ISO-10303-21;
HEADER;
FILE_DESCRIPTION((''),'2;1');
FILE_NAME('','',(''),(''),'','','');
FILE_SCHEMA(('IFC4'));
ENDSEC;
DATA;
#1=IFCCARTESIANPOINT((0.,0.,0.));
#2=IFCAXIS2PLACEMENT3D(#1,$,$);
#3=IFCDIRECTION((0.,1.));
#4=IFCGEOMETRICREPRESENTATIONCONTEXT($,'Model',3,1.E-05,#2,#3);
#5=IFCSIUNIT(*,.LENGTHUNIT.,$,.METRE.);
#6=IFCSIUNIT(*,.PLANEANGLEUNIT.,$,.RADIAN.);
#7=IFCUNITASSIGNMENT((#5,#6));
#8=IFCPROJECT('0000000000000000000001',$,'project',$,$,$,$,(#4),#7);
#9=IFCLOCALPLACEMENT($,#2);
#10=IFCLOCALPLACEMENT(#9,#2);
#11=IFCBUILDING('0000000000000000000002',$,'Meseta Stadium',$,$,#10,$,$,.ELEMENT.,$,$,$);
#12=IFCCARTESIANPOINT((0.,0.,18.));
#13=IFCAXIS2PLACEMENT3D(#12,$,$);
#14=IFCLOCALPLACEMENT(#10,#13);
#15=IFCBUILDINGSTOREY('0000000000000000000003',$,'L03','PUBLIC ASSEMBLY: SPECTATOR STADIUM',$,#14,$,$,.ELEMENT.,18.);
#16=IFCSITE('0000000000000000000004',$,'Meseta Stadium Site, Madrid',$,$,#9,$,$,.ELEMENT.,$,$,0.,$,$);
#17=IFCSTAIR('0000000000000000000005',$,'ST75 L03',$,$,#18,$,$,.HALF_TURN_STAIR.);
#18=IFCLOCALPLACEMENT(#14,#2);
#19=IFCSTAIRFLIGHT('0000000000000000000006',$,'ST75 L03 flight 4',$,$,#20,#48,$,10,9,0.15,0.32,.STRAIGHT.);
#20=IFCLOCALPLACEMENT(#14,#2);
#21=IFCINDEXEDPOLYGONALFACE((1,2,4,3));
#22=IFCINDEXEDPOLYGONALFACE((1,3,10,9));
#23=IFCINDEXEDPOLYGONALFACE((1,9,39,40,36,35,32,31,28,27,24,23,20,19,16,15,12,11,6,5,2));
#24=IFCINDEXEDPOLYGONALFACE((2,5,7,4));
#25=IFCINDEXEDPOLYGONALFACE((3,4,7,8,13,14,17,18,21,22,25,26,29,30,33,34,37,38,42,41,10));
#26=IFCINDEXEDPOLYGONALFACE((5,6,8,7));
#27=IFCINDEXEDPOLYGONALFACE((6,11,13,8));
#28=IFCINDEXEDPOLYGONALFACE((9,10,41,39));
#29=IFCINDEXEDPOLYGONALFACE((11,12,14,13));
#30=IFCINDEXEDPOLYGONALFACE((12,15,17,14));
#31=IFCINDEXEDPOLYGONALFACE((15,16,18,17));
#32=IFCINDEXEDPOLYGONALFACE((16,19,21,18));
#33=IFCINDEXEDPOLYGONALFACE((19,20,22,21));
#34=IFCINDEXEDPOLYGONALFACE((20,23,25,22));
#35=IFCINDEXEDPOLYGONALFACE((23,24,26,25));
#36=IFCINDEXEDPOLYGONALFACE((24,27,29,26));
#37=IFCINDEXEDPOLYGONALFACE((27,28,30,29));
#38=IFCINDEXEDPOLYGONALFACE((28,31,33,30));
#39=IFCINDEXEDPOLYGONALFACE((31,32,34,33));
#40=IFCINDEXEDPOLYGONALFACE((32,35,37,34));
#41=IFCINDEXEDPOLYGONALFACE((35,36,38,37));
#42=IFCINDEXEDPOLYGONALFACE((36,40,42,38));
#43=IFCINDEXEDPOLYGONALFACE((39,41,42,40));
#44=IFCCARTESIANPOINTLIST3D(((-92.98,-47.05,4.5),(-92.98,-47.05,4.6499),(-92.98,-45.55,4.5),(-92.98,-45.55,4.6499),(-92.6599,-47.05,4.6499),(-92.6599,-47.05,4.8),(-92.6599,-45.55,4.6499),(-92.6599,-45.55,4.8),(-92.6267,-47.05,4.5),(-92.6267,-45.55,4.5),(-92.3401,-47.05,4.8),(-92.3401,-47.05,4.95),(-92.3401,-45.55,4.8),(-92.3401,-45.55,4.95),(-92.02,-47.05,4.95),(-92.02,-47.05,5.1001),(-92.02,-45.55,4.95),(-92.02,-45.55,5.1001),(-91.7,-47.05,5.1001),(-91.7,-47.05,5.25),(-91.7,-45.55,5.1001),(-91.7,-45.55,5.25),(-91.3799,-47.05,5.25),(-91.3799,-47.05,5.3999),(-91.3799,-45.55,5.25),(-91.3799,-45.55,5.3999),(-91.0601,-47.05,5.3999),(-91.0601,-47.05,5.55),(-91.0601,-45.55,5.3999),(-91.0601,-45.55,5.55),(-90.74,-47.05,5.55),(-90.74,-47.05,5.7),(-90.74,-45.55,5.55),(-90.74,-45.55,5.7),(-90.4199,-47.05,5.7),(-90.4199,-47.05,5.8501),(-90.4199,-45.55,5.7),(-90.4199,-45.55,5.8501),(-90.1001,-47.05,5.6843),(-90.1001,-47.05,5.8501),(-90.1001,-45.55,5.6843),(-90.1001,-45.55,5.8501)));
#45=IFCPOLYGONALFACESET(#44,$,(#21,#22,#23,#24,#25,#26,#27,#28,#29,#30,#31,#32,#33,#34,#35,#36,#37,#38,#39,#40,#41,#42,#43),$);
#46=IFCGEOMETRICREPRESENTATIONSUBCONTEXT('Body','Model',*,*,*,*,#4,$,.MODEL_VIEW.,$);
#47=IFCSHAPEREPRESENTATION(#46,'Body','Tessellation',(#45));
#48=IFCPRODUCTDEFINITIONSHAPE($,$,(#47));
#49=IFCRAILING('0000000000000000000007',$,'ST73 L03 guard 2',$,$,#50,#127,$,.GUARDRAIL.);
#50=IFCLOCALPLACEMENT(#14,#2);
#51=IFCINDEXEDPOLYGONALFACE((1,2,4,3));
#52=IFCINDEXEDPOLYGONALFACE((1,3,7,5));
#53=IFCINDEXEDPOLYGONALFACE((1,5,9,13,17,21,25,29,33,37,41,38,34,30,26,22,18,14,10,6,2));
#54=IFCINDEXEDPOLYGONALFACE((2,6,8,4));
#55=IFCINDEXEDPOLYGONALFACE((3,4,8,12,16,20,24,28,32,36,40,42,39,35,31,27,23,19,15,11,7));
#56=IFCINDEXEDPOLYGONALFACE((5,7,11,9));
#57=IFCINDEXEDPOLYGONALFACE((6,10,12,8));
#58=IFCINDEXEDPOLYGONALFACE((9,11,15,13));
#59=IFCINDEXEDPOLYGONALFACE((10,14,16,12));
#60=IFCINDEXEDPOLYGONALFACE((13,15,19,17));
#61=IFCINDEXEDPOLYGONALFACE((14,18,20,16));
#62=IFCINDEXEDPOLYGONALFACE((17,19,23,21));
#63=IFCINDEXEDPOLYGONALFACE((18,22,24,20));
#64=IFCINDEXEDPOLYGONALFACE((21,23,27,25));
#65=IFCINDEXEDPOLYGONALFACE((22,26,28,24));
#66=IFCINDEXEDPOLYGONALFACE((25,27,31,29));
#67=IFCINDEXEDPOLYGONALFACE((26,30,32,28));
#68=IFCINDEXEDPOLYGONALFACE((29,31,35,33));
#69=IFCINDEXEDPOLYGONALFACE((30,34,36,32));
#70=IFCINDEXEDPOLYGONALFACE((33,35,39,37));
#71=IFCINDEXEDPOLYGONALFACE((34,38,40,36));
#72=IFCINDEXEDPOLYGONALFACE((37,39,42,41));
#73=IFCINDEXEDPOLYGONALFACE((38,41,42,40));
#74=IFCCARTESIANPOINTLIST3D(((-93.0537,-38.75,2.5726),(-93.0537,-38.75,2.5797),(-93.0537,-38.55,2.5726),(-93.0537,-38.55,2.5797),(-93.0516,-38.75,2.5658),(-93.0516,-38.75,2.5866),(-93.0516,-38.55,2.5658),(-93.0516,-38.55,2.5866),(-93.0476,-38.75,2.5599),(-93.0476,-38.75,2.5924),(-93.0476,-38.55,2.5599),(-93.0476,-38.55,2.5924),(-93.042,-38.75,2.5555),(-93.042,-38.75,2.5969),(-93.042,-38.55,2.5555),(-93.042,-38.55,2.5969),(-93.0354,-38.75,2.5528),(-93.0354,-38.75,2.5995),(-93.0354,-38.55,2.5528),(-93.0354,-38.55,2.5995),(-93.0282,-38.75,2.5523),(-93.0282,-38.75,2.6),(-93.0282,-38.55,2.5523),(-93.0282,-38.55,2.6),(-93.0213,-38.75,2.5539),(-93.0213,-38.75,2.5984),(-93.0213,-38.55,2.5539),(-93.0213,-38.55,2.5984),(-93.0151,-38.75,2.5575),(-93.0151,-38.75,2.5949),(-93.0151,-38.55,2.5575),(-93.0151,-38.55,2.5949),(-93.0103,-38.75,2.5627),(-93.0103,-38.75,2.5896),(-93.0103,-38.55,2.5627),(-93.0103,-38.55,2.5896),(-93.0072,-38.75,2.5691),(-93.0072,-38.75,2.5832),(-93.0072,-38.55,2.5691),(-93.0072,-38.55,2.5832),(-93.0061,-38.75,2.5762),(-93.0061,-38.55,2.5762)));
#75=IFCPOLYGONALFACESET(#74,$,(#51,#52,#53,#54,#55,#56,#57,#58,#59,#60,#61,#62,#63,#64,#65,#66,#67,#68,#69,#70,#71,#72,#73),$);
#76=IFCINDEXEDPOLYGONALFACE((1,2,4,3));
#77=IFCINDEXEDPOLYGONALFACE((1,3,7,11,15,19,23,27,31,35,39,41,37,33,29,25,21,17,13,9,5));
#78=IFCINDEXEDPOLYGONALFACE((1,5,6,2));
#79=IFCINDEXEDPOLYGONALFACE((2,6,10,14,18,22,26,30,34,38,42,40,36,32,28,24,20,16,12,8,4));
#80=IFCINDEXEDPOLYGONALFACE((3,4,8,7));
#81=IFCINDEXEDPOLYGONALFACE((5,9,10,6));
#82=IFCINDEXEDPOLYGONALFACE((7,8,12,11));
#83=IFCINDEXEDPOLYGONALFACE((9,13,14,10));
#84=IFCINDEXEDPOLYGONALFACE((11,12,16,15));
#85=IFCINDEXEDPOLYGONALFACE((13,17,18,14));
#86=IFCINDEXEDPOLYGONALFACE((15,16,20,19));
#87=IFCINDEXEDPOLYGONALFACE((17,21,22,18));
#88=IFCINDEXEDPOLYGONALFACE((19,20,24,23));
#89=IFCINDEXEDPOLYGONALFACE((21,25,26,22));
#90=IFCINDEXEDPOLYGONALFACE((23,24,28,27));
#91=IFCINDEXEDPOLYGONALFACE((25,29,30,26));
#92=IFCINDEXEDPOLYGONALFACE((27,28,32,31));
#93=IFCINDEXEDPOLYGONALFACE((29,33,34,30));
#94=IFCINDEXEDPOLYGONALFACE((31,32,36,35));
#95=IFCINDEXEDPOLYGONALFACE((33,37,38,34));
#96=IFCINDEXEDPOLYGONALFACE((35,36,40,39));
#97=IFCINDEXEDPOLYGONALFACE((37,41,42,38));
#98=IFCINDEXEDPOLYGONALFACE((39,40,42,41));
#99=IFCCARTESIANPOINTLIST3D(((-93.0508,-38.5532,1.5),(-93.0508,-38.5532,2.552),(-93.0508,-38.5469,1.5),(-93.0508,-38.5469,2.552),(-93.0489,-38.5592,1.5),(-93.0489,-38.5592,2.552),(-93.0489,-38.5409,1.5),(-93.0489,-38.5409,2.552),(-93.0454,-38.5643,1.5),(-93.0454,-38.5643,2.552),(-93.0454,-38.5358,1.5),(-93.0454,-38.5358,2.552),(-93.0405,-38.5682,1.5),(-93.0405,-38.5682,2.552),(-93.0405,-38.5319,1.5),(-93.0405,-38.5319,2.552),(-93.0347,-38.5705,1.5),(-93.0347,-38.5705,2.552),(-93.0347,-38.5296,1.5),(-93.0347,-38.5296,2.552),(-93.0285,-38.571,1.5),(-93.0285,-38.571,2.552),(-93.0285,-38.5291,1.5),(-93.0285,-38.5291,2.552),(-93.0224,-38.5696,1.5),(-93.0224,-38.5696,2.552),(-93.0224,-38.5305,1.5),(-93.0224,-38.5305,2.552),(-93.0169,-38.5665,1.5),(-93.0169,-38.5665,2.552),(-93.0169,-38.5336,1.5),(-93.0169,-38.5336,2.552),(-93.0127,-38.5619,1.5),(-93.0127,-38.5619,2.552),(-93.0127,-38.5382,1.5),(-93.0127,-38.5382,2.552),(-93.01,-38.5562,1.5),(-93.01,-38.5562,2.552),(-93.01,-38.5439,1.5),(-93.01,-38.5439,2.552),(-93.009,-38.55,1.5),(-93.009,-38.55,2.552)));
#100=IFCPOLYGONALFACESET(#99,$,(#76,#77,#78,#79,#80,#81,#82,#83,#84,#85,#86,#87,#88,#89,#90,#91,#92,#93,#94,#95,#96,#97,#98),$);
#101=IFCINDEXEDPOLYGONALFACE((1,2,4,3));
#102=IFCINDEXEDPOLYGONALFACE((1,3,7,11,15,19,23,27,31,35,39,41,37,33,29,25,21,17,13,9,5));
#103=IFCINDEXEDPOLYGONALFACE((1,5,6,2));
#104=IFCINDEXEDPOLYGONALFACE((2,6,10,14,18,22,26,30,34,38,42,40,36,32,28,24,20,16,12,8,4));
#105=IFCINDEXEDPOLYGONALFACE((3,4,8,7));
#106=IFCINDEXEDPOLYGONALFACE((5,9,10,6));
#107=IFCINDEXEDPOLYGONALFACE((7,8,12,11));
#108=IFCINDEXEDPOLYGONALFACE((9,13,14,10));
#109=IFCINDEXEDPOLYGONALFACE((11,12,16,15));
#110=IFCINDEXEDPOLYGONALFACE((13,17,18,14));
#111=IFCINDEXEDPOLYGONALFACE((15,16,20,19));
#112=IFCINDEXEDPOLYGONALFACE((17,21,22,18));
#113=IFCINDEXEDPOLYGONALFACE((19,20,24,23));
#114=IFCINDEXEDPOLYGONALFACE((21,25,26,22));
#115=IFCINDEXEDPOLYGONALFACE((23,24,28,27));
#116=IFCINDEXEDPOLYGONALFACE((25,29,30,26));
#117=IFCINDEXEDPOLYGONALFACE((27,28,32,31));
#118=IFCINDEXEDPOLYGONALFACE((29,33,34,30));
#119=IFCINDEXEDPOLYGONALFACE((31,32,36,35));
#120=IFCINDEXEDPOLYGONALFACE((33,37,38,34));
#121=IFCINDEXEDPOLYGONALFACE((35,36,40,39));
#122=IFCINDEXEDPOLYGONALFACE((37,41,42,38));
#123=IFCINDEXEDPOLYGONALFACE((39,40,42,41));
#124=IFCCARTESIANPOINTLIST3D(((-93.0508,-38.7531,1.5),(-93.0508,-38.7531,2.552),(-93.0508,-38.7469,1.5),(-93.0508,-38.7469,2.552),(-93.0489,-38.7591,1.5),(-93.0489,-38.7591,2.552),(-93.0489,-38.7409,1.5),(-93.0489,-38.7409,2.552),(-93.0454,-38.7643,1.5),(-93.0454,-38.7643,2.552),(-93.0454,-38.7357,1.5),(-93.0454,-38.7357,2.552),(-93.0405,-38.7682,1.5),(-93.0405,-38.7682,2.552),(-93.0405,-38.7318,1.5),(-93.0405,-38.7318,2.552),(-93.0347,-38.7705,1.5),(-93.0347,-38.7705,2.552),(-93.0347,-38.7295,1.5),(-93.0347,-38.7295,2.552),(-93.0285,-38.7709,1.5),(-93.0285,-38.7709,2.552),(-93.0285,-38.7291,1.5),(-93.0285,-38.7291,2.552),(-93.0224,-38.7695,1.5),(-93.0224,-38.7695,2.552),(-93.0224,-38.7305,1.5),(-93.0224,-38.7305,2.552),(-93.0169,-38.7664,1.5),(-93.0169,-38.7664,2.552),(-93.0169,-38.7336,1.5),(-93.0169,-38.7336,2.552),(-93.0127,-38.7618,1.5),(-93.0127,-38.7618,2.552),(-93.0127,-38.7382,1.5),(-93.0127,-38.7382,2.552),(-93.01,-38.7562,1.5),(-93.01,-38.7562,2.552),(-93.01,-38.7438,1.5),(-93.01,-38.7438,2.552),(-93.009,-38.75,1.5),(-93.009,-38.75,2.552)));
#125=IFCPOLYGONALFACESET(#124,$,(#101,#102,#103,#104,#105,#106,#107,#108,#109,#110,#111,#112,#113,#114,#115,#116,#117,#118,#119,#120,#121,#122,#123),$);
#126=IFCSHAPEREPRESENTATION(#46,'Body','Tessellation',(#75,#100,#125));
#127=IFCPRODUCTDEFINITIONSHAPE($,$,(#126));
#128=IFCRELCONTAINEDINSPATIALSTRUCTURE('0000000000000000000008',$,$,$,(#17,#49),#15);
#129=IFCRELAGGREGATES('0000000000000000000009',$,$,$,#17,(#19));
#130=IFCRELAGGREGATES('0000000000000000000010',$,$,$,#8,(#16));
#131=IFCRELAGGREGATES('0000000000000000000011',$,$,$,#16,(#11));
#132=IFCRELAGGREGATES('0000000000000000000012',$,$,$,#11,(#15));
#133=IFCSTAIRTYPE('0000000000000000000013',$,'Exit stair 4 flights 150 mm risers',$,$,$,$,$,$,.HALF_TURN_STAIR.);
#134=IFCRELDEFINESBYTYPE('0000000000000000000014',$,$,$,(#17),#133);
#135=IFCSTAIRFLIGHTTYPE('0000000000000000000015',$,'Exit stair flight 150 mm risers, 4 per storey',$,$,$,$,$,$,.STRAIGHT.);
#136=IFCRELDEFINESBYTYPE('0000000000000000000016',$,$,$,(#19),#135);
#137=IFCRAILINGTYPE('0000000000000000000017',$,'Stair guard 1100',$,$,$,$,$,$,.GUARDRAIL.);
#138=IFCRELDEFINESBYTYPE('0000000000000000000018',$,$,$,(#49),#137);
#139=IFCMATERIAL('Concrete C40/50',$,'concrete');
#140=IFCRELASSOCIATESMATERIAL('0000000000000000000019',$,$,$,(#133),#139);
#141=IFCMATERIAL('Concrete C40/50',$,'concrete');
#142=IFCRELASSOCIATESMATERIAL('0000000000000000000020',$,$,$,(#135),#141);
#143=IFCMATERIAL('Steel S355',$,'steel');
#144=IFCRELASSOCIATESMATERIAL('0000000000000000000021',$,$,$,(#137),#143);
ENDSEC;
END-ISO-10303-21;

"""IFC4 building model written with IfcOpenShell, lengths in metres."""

from ifc_helpers import new_model, si_unit, direction, frame, origin, origin_2d, place, context, subcontext, project, spatial, polyline, circle, outline, extrude, material, type_object, element, aggregate, save


model = new_model("IFC4")

# Units and contexts
model_context = context("Model", 3, precision=1e-05, world=origin(), true_north=direction((0.0, 1.0)))
body_context = subcontext(model_context, "Body", "Model", "MODEL_VIEW")
ifc_project = project(units=[si_unit("LENGTHUNIT", "METRE"), si_unit("PLANEANGLEUNIT", "RADIAN")], contexts=[model_context])

# Site, building, storey
site_placement = place(None, origin())
site = spatial("IfcSite", under=ifc_project, at=site_placement, Name="Meseta Stadium Site, Madrid", CompositionType="ELEMENT", RefElevation=0.0)
building_placement = place(site_placement, origin())
building = spatial("IfcBuilding", under=site, at=building_placement, Name="Meseta Stadium", CompositionType="ELEMENT")
storey_placement = place(building_placement, frame((0.0, 0.0, 18.0)))
storey = spatial("IfcBuildingStorey", under=building, at=storey_placement, Name="L03", Description="PUBLIC ASSEMBLY: SPECTATOR STADIUM", CompositionType="ELEMENT", Elevation=18.0)

# Stair, stair flight
ifc_material_1 = material(Name="Concrete C40/50", Category="concrete")
stair_type = type_object("IfcStairType", Name="Exit stair 4 flights 150 mm risers", PredefinedType="HALF_TURN_STAIR", material=ifc_material_1)
ifc_material_2 = material(Name="Concrete C40/50", Category="concrete")
stair_flight_type = type_object("IfcStairFlightType", Name="Exit stair flight 150 mm risers, 4 per storey", PredefinedType="STRAIGHT", material=ifc_material_2)
stair_1_placement = place(storey_placement, origin())
stair_1 = element("IfcStair", 1, at=stair_1_placement, inside=storey, type_object=stair_type, Name="ST75 L03", PredefinedType="HALF_TURN_STAIR")
stair_flight_1_placement = place(storey_placement, frame((-92.98, -46.3, 4.5), z_axis=(0.0, 0.0, 1.0), x_axis=(1.0, 0.0, 0.0)))
stair_flight_1 = element("IfcStairFlight", 2, at=stair_flight_1_placement, type_object=stair_flight_type, Name="ST75 L03 flight 4", NumberOfRisers=10, NumberOfTreads=9, PredefinedType="STRAIGHT", RiserHeight=0.15, TreadLength=0.32, context=body_context, shape_type="SweptSolid", body=[
    extrude(outline(polyline([(0.0, 0.0), (0.0, 0.1499), (0.3201, 0.1499), (0.3201, 0.3), (0.6399, 0.3), (0.6399, 0.45), (0.96, 0.45), (0.96, 0.6001), (1.28, 0.6001), (1.28, 0.75), (1.6001, 0.75), (1.6001, 0.8999), (1.9199, 0.8999), (1.9199, 1.05), (2.24, 1.05), (2.24, 1.2), (2.5601, 1.2), (2.5601, 1.3501), (2.8799, 1.3501), (2.8799, 1.1843), (0.3533, 0.0), (0.0, 0.0)])), frame((0.0, 0.75, 0.0), z_axis=(0.0, -1.0, 0.0), x_axis=(1.0, 0.0, 0.0)), (0.0, 0.0, 1.0), 1.5),
])
aggregate(stair_1, [stair_flight_1])

# Railing
ifc_material_3 = material(Name="Steel S355", Category="steel")
railing_type_1 = type_object("IfcRailingType", Name="Stair guard 1100", PredefinedType="GUARDRAIL", material=ifc_material_3)
railing_1_placement = place(storey_placement, frame((-93.03, -38.55, 1.5)))
element("IfcRailing", 3, at=railing_1_placement, inside=storey, type_object=railing_type_1, Name="ST73 L03 guard 2", PredefinedType="GUARDRAIL", context=body_context, shape_type="SweptSolid", body=[
    extrude(circle(Radius=0.0239, at=origin_2d()), frame((0.0, 0.0, 1.0762), z_axis=(0.0, -1.0, 0.0), x_axis=(1.0, 0.0, 0.0)), (0.0, 0.0, 1.0), 0.2),
    extrude(circle(Radius=0.021, at=origin_2d()), origin(), (0.0, 0.0, 1.0), 1.052),
    extrude(circle(Radius=0.021, at=origin_2d()), frame((0.0, -0.2, 0.0)), (0.0, 0.0, 1.0), 1.052),
])

save(model, "model.ifc")
